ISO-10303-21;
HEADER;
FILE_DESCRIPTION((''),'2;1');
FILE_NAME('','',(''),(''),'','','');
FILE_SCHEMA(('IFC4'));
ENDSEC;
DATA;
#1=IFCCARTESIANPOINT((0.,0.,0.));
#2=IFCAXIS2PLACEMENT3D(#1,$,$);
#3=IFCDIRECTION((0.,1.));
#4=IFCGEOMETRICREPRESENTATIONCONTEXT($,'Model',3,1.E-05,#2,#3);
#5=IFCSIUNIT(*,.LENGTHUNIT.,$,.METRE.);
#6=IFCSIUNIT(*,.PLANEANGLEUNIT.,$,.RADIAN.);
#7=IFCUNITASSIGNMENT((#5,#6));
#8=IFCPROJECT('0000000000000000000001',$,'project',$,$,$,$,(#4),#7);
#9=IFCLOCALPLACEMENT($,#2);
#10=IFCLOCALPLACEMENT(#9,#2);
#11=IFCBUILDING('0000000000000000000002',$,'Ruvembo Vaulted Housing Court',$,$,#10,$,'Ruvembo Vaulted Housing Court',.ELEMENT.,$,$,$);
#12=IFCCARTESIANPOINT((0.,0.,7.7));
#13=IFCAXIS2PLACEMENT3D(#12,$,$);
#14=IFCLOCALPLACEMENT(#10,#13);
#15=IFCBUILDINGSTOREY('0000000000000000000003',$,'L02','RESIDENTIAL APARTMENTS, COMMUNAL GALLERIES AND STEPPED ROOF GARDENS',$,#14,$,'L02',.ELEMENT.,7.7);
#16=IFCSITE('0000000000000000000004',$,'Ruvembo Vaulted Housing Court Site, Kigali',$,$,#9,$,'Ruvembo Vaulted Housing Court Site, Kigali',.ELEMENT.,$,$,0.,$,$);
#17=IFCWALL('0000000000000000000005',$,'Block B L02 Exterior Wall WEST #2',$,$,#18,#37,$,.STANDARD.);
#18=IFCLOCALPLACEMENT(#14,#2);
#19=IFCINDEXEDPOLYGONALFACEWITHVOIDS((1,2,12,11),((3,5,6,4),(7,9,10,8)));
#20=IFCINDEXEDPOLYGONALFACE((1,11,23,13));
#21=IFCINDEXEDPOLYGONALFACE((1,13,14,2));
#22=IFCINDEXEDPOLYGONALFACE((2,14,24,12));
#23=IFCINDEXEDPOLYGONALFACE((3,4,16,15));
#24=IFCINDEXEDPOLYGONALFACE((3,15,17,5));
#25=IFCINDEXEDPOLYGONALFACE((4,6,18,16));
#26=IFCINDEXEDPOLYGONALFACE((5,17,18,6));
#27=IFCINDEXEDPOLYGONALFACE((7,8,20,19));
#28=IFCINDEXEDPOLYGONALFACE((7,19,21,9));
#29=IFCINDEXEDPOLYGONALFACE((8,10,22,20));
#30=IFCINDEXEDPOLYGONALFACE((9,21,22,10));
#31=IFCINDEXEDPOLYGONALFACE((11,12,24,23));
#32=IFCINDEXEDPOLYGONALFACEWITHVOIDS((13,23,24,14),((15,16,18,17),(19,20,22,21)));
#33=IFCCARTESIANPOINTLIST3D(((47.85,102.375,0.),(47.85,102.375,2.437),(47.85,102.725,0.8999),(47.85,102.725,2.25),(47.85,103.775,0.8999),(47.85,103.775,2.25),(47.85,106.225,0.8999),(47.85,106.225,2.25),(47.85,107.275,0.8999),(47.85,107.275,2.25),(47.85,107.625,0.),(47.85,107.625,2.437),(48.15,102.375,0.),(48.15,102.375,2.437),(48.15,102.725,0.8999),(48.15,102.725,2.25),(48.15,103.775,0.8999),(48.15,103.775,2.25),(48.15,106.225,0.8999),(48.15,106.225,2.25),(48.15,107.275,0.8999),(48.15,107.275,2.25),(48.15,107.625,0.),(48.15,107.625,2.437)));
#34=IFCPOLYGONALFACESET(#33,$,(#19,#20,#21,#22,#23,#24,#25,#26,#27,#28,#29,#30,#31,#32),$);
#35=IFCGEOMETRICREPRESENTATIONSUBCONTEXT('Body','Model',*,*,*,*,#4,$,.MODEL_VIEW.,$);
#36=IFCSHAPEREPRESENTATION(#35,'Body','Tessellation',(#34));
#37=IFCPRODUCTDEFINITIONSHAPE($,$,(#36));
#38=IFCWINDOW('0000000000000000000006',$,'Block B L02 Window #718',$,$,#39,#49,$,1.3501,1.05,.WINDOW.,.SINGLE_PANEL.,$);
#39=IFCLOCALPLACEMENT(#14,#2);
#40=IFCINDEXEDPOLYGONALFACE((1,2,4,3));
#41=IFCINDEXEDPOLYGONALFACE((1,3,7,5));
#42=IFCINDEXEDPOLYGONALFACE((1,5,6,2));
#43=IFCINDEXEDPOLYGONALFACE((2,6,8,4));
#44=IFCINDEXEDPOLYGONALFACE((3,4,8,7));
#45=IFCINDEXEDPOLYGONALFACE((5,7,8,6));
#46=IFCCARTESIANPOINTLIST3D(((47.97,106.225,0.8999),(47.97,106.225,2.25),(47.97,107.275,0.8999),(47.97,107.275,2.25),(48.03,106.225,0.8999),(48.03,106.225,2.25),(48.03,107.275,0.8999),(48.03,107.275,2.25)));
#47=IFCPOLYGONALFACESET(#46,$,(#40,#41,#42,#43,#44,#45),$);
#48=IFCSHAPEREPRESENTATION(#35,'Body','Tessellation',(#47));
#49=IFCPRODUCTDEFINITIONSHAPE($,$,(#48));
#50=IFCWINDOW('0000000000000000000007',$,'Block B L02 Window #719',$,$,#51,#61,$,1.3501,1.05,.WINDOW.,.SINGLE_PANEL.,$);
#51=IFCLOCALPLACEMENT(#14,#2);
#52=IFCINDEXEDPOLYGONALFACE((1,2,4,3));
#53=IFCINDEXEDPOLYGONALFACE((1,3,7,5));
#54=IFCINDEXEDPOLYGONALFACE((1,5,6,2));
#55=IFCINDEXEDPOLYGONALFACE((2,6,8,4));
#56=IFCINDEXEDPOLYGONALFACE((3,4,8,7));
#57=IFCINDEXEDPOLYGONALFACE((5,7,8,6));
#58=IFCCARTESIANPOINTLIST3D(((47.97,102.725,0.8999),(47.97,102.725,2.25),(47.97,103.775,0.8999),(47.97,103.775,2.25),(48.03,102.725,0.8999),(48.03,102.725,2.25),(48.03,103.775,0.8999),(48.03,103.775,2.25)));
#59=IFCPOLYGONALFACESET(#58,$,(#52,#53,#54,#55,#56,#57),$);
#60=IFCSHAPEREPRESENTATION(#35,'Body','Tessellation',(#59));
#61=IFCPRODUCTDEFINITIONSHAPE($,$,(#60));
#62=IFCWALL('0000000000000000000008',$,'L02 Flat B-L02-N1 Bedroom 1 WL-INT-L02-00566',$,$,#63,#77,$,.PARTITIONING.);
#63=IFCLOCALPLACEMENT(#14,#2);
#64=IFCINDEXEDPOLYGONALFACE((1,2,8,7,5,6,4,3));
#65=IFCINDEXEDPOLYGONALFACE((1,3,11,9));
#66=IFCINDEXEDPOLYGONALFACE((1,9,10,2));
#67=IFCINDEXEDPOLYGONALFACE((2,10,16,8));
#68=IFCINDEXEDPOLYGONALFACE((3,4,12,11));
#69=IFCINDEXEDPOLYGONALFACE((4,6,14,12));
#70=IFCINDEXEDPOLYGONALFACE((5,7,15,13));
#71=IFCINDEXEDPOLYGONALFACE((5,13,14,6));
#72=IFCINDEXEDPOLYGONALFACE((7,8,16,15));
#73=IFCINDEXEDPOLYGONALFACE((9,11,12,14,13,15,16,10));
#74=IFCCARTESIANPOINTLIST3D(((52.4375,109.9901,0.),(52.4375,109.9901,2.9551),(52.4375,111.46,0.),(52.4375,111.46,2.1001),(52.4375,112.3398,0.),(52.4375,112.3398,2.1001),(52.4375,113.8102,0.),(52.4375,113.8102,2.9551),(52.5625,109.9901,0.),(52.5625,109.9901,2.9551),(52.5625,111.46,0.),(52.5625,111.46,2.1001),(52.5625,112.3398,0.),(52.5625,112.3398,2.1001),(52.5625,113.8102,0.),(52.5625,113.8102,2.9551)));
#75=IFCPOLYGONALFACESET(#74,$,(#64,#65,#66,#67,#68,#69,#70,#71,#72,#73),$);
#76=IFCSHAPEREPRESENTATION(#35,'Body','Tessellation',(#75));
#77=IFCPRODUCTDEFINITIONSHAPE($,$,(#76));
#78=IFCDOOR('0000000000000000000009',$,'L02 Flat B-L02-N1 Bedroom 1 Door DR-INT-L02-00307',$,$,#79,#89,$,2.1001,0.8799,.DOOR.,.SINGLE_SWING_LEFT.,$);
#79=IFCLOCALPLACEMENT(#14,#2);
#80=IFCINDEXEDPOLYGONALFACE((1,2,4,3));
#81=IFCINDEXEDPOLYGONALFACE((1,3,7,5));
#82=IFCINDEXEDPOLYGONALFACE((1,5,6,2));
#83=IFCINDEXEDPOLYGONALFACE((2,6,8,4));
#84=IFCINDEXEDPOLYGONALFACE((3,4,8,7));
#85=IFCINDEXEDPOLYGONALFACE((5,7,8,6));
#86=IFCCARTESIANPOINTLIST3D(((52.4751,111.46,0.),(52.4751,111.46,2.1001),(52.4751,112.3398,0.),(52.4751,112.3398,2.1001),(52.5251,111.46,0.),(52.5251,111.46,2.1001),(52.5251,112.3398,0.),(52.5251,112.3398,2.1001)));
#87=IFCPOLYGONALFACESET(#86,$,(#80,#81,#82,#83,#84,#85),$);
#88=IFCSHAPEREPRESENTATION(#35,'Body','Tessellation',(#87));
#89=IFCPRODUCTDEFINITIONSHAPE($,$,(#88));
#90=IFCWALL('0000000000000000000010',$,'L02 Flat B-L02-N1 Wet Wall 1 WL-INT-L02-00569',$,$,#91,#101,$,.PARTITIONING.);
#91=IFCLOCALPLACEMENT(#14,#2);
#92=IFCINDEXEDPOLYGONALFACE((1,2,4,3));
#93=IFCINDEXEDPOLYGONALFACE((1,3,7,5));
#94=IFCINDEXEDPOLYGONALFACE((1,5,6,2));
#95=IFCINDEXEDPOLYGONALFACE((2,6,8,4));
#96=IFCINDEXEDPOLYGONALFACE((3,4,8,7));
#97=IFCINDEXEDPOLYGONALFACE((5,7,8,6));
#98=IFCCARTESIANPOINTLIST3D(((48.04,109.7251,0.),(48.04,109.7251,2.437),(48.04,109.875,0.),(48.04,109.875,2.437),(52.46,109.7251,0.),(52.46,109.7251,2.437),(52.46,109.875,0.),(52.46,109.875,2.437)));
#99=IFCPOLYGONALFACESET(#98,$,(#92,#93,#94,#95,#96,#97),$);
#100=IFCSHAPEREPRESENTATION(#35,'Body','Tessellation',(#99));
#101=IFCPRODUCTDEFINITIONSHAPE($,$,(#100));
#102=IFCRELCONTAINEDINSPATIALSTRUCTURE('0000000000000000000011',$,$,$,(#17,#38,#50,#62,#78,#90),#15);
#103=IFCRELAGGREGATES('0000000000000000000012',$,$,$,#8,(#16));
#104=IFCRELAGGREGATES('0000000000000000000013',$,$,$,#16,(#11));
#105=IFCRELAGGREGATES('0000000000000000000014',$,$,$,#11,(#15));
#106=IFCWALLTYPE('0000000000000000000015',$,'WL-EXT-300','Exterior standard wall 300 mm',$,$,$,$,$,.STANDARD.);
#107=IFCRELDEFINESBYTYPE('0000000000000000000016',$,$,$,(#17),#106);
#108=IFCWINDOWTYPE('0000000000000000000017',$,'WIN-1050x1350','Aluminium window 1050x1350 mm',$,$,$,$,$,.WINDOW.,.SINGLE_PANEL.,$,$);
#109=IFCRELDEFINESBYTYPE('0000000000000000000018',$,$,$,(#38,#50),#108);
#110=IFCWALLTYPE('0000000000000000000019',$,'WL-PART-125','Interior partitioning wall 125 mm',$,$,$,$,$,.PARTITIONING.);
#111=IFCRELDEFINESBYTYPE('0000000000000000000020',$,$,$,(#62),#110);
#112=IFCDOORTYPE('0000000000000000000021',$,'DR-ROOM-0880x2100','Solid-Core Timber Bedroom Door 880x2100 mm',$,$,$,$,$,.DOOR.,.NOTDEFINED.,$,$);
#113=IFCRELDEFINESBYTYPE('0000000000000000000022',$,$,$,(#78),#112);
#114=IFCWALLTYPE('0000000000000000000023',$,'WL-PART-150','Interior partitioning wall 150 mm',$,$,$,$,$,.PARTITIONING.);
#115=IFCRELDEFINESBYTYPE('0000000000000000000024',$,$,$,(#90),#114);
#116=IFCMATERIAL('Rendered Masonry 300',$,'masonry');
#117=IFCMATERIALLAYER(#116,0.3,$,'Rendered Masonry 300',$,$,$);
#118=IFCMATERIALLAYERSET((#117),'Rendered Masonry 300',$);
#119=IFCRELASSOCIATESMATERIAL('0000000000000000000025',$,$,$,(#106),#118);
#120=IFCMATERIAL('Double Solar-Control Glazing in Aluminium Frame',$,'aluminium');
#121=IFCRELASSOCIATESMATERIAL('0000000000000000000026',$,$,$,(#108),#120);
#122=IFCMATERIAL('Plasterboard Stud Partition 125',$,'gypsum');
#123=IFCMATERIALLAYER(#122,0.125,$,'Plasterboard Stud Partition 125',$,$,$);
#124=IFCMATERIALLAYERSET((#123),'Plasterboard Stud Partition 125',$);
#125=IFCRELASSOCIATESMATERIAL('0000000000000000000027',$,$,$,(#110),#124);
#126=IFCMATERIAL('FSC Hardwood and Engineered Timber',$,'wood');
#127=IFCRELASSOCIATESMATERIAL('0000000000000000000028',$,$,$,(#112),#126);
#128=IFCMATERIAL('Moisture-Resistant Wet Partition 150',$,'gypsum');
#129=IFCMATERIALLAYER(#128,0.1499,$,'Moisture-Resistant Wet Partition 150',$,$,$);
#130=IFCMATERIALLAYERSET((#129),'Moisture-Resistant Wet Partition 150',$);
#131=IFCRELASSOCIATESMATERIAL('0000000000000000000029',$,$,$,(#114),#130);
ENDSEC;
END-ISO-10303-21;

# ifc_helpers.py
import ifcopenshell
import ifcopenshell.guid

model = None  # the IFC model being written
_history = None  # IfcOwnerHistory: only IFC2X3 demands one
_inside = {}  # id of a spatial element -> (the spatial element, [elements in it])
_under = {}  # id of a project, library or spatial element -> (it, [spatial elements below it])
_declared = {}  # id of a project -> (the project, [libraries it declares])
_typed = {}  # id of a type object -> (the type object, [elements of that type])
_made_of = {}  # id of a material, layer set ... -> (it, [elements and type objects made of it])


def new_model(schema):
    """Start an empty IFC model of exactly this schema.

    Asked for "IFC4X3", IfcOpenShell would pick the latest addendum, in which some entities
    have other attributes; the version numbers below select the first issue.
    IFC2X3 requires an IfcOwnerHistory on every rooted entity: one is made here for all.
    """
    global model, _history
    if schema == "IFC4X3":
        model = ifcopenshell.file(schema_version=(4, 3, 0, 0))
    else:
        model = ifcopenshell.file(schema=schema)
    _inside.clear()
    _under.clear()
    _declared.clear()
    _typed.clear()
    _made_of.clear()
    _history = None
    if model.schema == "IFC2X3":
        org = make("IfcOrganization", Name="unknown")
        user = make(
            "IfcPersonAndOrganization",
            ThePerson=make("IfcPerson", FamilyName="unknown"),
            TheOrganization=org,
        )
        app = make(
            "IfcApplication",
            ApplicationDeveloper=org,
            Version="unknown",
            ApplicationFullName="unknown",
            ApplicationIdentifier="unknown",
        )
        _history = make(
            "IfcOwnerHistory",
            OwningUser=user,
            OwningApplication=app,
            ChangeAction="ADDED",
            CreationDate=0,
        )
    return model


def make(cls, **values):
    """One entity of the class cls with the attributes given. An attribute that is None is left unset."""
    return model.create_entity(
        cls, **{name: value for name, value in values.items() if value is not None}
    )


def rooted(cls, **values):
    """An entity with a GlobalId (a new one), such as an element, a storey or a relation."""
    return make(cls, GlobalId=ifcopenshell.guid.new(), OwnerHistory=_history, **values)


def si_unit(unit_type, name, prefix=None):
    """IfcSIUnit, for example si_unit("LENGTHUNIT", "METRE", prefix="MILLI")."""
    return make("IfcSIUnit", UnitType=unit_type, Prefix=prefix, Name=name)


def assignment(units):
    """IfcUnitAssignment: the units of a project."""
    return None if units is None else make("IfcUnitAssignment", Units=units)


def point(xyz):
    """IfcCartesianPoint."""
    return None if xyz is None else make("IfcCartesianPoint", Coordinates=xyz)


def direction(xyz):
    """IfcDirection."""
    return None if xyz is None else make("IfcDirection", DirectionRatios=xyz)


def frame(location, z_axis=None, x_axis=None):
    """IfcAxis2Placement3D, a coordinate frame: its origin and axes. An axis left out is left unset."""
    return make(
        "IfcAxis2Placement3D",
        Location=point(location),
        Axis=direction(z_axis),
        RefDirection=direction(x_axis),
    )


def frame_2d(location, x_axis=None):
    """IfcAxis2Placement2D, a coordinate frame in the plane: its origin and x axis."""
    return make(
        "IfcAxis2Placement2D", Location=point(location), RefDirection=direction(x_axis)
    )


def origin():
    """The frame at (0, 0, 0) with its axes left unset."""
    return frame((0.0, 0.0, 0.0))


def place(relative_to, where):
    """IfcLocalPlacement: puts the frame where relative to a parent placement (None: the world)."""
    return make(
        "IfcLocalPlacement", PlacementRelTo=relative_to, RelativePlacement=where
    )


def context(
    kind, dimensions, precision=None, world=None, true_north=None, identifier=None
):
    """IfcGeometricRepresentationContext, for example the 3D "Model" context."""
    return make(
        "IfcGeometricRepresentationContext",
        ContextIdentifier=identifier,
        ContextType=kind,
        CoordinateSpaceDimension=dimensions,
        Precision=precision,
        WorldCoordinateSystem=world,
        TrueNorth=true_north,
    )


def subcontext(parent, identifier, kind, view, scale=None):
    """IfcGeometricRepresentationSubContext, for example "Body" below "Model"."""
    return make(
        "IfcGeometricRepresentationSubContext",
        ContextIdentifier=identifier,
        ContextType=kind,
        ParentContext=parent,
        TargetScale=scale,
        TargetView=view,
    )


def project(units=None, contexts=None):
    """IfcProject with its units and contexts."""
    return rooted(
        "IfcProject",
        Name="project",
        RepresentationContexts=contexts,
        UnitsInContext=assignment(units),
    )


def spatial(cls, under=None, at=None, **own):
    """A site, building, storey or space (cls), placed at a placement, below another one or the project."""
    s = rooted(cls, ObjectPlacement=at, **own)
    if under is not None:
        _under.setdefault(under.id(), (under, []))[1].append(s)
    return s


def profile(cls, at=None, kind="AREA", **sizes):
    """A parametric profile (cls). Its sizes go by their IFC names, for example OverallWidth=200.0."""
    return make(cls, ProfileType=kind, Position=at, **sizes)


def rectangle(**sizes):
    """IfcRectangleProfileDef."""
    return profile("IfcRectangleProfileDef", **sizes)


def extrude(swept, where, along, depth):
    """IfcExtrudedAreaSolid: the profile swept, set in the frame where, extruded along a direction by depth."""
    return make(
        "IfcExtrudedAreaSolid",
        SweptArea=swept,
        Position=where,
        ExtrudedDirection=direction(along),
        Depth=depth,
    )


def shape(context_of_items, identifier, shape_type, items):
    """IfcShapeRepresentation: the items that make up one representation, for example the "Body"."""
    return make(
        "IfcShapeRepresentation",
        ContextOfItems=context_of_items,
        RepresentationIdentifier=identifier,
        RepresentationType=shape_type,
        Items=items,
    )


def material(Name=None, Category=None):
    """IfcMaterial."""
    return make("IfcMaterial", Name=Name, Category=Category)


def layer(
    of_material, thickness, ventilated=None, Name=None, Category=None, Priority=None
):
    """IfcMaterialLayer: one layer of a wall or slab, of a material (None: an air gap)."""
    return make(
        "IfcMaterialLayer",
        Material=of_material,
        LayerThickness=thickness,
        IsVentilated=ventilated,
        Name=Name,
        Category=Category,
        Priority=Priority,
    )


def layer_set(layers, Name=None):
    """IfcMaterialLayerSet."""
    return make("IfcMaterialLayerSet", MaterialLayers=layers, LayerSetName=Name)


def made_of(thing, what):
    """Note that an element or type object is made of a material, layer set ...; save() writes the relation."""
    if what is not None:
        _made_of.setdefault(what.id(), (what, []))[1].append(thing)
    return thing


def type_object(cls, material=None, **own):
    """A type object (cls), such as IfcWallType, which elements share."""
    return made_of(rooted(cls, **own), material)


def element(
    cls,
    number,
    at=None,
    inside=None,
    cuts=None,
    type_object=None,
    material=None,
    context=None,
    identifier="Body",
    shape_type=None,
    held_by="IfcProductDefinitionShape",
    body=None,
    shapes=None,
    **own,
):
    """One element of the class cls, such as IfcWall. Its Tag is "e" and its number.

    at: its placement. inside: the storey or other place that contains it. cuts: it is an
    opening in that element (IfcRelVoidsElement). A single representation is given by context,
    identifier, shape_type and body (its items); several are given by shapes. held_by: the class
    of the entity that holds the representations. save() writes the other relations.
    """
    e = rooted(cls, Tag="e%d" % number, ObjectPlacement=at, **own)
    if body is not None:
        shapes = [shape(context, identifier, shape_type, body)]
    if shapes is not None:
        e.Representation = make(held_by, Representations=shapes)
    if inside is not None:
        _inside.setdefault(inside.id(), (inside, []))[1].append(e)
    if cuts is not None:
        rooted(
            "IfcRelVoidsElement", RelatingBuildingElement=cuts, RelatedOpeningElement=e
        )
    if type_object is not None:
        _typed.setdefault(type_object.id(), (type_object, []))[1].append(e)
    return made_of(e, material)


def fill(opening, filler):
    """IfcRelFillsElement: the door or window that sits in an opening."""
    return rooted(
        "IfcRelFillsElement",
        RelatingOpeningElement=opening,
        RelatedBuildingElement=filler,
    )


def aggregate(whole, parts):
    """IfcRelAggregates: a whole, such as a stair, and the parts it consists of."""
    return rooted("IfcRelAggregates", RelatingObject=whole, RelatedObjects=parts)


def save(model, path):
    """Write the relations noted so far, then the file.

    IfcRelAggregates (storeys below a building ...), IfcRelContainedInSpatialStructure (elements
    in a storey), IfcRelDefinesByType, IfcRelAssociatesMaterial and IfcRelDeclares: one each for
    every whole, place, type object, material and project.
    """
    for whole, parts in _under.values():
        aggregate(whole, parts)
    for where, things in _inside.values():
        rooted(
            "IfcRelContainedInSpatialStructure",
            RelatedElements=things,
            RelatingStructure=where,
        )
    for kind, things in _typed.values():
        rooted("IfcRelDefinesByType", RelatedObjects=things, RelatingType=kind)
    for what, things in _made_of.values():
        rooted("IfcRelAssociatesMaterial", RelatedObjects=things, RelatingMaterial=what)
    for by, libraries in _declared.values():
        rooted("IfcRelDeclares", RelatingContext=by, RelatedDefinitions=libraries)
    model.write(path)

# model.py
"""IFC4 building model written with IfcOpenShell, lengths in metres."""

from ifc_helpers import new_model, si_unit, direction, frame, frame_2d, origin, place, context, subcontext, project, spatial, rectangle, extrude, material, layer, layer_set, type_object, element, fill, save


model = new_model("IFC4")

# Units and contexts
model_context = context("Model", 3, precision=1e-05, world=origin(), true_north=direction((0.0, 1.0)))
body_context = subcontext(model_context, "Body", "Model", "MODEL_VIEW")
ifc_project = project(units=[si_unit("LENGTHUNIT", "METRE"), si_unit("PLANEANGLEUNIT", "RADIAN")], contexts=[model_context])

# Site, building, storey
site_placement = place(None, origin())
site = spatial("IfcSite", under=ifc_project, at=site_placement, Name="Ruvembo Vaulted Housing Court Site, Kigali", LongName="Ruvembo Vaulted Housing Court Site, Kigali", CompositionType="ELEMENT", RefElevation=0.0)
building_placement = place(site_placement, origin())
building = spatial("IfcBuilding", under=site, at=building_placement, Name="Ruvembo Vaulted Housing Court", LongName="Ruvembo Vaulted Housing Court", CompositionType="ELEMENT")
storey_placement = place(building_placement, frame((0.0, 0.0, 7.7)))
storey = spatial("IfcBuildingStorey", under=building, at=storey_placement, Name="L02", Description="RESIDENTIAL APARTMENTS, COMMUNAL GALLERIES AND STEPPED ROOF GARDENS", LongName="L02", CompositionType="ELEMENT", Elevation=7.7)

# Wall, openings, windows
ifc_material_1 = material(Name="Rendered Masonry 300", Category="masonry")
ifc_layer_1 = layer(ifc_material_1, 0.3, Name="Rendered Masonry 300")
ifc_layer_set_1 = layer_set([ifc_layer_1], Name="Rendered Masonry 300")
wall_type_1 = type_object("IfcWallType", Name="WL-EXT-300", Description="Exterior standard wall 300 mm", PredefinedType="STANDARD", material=ifc_layer_set_1)
ifc_material_2 = material(Name="Double Solar-Control Glazing in Aluminium Frame", Category="aluminium")
wall_1_placement = place(storey_placement, frame((48.0, 107.625, 0.0), z_axis=(0.0, 0.0, 1.0), x_axis=(0.0, -1.0, 0.0)))
wall_1 = element("IfcWall", 1, at=wall_1_placement, inside=storey, type_object=wall_type_1, Name="Block B L02 Exterior Wall WEST #2", PredefinedType="STANDARD", context=body_context, shape_type="SweptSolid", body=[
    extrude(rectangle(XDim=5.25, YDim=0.3, at=frame_2d((2.625, 0.0))), origin(), (0.0, 0.0, 1.0), 2.437),
])
opening_1_placement = place(wall_1_placement, frame((0.3501, 0.0, 0.8999)))
opening_1 = element("IfcOpeningElement", 2, at=opening_1_placement, cuts=wall_1, PredefinedType="OPENING", context=body_context, shape_type="SweptSolid", body=[
    extrude(rectangle(XDim=1.05, YDim=1.3501, at=frame_2d((0.5249, 0.675))), frame((0.0, 0.1599, 0.0), z_axis=(0.0, -1.0, 0.0), x_axis=(1.0, 0.0, 0.0)), (0.0, 0.0, 1.0), 0.3201),
])
opening_2_placement = place(wall_1_placement, frame((3.8501, 0.0, 0.8999)))
opening_2 = element("IfcOpeningElement", 3, at=opening_2_placement, cuts=wall_1, PredefinedType="OPENING", context=body_context, shape_type="SweptSolid", body=[
    extrude(rectangle(XDim=1.05, YDim=1.3501, at=frame_2d((0.5249, 0.675))), frame((0.0, 0.1599, 0.0), z_axis=(0.0, -1.0, 0.0), x_axis=(1.0, 0.0, 0.0)), (0.0, 0.0, 1.0), 0.3201),
])
window_type_1 = type_object("IfcWindowType", Name="WIN-1050x1350", Description="Aluminium window 1050x1350 mm", PartitioningType="SINGLE_PANEL", PredefinedType="WINDOW", material=ifc_material_2)
window_1_placement = place(opening_1_placement, origin())
window_1 = element("IfcWindow", 4, at=window_1_placement, inside=storey, type_object=window_type_1, Name="Block B L02 Window #718", OverallHeight=1.3501, OverallWidth=1.05, PartitioningType="SINGLE_PANEL", PredefinedType="WINDOW", context=body_context, shape_type="SweptSolid", body=[
    extrude(rectangle(XDim=1.05, YDim=1.3501, at=frame_2d((0.5249, 0.675))), frame((0.0, 0.03, 0.0), z_axis=(0.0, -1.0, 0.0), x_axis=(1.0, 0.0, 0.0)), (0.0, 0.0, 1.0), 0.0601),
])
fill(opening_1, window_1)
window_2_placement = place(opening_2_placement, origin())
window_2 = element("IfcWindow", 5, at=window_2_placement, inside=storey, type_object=window_type_1, Name="Block B L02 Window #719", OverallHeight=1.3501, OverallWidth=1.05, PartitioningType="SINGLE_PANEL", PredefinedType="WINDOW", context=body_context, shape_type="SweptSolid", body=[
    extrude(rectangle(XDim=1.05, YDim=1.3501, at=frame_2d((0.5249, 0.675))), frame((0.0, 0.03, 0.0), z_axis=(0.0, -1.0, 0.0), x_axis=(1.0, 0.0, 0.0)), (0.0, 0.0, 1.0), 0.0601),
])
fill(opening_2, window_2)

# Wall, opening, door
ifc_material_3 = material(Name="Plasterboard Stud Partition 125", Category="gypsum")
ifc_layer_2 = layer(ifc_material_3, 0.125, Name="Plasterboard Stud Partition 125")
ifc_layer_set_2 = layer_set([ifc_layer_2], Name="Plasterboard Stud Partition 125")
wall_type_2 = type_object("IfcWallType", Name="WL-PART-125", Description="Interior partitioning wall 125 mm", PredefinedType="PARTITIONING", material=ifc_layer_set_2)
wall_2_placement = place(storey_placement, frame((52.5, 109.99, 0.0), z_axis=(0.0, 0.0, 1.0), x_axis=(0.0, 1.0, 0.0)))
wall_2 = element("IfcWall", 6, at=wall_2_placement, inside=storey, type_object=wall_type_2, Name="L02 Flat B-L02-N1 Bedroom 1 WL-INT-L02-00566", PredefinedType="PARTITIONING", context=body_context, shape_type="SweptSolid", body=[
    extrude(rectangle(XDim=3.8201, YDim=0.125, at=frame_2d((1.9102, 0.0))), origin(), (0.0, 0.0, 1.0), 2.9551),
])
opening_3_placement = place(wall_2_placement, frame((1.47, 0.0, 0.0)))
opening_3 = element("IfcOpeningElement", 7, at=opening_3_placement, cuts=wall_2, PredefinedType="OPENING", context=body_context, shape_type="SweptSolid", body=[
    extrude(rectangle(XDim=0.8799, YDim=2.1001, at=frame_2d((0.4399, 1.05))), frame((0.0, 0.0725, 0.0), z_axis=(0.0, -1.0, 0.0), x_axis=(1.0, 0.0, 0.0)), (0.0, 0.0, 1.0), 0.145),
])
ifc_material_4 = material(Name="FSC Hardwood and Engineered Timber", Category="wood")
door_type = type_object("IfcDoorType", Name="DR-ROOM-0880x2100", Description="Solid-Core Timber Bedroom Door 880x2100 mm", OperationType="NOTDEFINED", PredefinedType="DOOR", material=ifc_material_4)
door_placement = place(opening_3_placement, origin())
door = element("IfcDoor", 8, at=door_placement, inside=storey, type_object=door_type, Name="L02 Flat B-L02-N1 Bedroom 1 Door DR-INT-L02-00307", OperationType="SINGLE_SWING_LEFT", OverallHeight=2.1001, OverallWidth=0.8799, PredefinedType="DOOR", context=body_context, shape_type="SweptSolid", body=[
    extrude(rectangle(XDim=0.8799, YDim=2.1001, at=frame_2d((0.4399, 1.05))), frame((0.0, 0.0249, 0.0), z_axis=(0.0, -1.0, 0.0), x_axis=(1.0, 0.0, 0.0)), (0.0, 0.0, 1.0), 0.05),
])
fill(opening_3, door)

# Wall
ifc_material_5 = material(Name="Moisture-Resistant Wet Partition 150", Category="gypsum")
ifc_layer_3 = layer(ifc_material_5, 0.1499, Name="Moisture-Resistant Wet Partition 150")
ifc_layer_set_3 = layer_set([ifc_layer_3], Name="Moisture-Resistant Wet Partition 150")
wall_type_3 = type_object("IfcWallType", Name="WL-PART-150", Description="Interior partitioning wall 150 mm", PredefinedType="PARTITIONING", material=ifc_layer_set_3)
wall_3_placement = place(storey_placement, frame((48.04, 109.8, 0.0), z_axis=(0.0, 0.0, 1.0), x_axis=(1.0, 0.0, 0.0)))
element("IfcWall", 9, at=wall_3_placement, inside=storey, type_object=wall_type_3, Name="L02 Flat B-L02-N1 Wet Wall 1 WL-INT-L02-00569", PredefinedType="PARTITIONING", context=body_context, shape_type="SweptSolid", body=[
    extrude(rectangle(XDim=4.4199, YDim=0.1499, at=frame_2d((2.21, 0.0))), origin(), (0.0, 0.0, 1.0), 2.437),
])

save(model, "model.ifc")
